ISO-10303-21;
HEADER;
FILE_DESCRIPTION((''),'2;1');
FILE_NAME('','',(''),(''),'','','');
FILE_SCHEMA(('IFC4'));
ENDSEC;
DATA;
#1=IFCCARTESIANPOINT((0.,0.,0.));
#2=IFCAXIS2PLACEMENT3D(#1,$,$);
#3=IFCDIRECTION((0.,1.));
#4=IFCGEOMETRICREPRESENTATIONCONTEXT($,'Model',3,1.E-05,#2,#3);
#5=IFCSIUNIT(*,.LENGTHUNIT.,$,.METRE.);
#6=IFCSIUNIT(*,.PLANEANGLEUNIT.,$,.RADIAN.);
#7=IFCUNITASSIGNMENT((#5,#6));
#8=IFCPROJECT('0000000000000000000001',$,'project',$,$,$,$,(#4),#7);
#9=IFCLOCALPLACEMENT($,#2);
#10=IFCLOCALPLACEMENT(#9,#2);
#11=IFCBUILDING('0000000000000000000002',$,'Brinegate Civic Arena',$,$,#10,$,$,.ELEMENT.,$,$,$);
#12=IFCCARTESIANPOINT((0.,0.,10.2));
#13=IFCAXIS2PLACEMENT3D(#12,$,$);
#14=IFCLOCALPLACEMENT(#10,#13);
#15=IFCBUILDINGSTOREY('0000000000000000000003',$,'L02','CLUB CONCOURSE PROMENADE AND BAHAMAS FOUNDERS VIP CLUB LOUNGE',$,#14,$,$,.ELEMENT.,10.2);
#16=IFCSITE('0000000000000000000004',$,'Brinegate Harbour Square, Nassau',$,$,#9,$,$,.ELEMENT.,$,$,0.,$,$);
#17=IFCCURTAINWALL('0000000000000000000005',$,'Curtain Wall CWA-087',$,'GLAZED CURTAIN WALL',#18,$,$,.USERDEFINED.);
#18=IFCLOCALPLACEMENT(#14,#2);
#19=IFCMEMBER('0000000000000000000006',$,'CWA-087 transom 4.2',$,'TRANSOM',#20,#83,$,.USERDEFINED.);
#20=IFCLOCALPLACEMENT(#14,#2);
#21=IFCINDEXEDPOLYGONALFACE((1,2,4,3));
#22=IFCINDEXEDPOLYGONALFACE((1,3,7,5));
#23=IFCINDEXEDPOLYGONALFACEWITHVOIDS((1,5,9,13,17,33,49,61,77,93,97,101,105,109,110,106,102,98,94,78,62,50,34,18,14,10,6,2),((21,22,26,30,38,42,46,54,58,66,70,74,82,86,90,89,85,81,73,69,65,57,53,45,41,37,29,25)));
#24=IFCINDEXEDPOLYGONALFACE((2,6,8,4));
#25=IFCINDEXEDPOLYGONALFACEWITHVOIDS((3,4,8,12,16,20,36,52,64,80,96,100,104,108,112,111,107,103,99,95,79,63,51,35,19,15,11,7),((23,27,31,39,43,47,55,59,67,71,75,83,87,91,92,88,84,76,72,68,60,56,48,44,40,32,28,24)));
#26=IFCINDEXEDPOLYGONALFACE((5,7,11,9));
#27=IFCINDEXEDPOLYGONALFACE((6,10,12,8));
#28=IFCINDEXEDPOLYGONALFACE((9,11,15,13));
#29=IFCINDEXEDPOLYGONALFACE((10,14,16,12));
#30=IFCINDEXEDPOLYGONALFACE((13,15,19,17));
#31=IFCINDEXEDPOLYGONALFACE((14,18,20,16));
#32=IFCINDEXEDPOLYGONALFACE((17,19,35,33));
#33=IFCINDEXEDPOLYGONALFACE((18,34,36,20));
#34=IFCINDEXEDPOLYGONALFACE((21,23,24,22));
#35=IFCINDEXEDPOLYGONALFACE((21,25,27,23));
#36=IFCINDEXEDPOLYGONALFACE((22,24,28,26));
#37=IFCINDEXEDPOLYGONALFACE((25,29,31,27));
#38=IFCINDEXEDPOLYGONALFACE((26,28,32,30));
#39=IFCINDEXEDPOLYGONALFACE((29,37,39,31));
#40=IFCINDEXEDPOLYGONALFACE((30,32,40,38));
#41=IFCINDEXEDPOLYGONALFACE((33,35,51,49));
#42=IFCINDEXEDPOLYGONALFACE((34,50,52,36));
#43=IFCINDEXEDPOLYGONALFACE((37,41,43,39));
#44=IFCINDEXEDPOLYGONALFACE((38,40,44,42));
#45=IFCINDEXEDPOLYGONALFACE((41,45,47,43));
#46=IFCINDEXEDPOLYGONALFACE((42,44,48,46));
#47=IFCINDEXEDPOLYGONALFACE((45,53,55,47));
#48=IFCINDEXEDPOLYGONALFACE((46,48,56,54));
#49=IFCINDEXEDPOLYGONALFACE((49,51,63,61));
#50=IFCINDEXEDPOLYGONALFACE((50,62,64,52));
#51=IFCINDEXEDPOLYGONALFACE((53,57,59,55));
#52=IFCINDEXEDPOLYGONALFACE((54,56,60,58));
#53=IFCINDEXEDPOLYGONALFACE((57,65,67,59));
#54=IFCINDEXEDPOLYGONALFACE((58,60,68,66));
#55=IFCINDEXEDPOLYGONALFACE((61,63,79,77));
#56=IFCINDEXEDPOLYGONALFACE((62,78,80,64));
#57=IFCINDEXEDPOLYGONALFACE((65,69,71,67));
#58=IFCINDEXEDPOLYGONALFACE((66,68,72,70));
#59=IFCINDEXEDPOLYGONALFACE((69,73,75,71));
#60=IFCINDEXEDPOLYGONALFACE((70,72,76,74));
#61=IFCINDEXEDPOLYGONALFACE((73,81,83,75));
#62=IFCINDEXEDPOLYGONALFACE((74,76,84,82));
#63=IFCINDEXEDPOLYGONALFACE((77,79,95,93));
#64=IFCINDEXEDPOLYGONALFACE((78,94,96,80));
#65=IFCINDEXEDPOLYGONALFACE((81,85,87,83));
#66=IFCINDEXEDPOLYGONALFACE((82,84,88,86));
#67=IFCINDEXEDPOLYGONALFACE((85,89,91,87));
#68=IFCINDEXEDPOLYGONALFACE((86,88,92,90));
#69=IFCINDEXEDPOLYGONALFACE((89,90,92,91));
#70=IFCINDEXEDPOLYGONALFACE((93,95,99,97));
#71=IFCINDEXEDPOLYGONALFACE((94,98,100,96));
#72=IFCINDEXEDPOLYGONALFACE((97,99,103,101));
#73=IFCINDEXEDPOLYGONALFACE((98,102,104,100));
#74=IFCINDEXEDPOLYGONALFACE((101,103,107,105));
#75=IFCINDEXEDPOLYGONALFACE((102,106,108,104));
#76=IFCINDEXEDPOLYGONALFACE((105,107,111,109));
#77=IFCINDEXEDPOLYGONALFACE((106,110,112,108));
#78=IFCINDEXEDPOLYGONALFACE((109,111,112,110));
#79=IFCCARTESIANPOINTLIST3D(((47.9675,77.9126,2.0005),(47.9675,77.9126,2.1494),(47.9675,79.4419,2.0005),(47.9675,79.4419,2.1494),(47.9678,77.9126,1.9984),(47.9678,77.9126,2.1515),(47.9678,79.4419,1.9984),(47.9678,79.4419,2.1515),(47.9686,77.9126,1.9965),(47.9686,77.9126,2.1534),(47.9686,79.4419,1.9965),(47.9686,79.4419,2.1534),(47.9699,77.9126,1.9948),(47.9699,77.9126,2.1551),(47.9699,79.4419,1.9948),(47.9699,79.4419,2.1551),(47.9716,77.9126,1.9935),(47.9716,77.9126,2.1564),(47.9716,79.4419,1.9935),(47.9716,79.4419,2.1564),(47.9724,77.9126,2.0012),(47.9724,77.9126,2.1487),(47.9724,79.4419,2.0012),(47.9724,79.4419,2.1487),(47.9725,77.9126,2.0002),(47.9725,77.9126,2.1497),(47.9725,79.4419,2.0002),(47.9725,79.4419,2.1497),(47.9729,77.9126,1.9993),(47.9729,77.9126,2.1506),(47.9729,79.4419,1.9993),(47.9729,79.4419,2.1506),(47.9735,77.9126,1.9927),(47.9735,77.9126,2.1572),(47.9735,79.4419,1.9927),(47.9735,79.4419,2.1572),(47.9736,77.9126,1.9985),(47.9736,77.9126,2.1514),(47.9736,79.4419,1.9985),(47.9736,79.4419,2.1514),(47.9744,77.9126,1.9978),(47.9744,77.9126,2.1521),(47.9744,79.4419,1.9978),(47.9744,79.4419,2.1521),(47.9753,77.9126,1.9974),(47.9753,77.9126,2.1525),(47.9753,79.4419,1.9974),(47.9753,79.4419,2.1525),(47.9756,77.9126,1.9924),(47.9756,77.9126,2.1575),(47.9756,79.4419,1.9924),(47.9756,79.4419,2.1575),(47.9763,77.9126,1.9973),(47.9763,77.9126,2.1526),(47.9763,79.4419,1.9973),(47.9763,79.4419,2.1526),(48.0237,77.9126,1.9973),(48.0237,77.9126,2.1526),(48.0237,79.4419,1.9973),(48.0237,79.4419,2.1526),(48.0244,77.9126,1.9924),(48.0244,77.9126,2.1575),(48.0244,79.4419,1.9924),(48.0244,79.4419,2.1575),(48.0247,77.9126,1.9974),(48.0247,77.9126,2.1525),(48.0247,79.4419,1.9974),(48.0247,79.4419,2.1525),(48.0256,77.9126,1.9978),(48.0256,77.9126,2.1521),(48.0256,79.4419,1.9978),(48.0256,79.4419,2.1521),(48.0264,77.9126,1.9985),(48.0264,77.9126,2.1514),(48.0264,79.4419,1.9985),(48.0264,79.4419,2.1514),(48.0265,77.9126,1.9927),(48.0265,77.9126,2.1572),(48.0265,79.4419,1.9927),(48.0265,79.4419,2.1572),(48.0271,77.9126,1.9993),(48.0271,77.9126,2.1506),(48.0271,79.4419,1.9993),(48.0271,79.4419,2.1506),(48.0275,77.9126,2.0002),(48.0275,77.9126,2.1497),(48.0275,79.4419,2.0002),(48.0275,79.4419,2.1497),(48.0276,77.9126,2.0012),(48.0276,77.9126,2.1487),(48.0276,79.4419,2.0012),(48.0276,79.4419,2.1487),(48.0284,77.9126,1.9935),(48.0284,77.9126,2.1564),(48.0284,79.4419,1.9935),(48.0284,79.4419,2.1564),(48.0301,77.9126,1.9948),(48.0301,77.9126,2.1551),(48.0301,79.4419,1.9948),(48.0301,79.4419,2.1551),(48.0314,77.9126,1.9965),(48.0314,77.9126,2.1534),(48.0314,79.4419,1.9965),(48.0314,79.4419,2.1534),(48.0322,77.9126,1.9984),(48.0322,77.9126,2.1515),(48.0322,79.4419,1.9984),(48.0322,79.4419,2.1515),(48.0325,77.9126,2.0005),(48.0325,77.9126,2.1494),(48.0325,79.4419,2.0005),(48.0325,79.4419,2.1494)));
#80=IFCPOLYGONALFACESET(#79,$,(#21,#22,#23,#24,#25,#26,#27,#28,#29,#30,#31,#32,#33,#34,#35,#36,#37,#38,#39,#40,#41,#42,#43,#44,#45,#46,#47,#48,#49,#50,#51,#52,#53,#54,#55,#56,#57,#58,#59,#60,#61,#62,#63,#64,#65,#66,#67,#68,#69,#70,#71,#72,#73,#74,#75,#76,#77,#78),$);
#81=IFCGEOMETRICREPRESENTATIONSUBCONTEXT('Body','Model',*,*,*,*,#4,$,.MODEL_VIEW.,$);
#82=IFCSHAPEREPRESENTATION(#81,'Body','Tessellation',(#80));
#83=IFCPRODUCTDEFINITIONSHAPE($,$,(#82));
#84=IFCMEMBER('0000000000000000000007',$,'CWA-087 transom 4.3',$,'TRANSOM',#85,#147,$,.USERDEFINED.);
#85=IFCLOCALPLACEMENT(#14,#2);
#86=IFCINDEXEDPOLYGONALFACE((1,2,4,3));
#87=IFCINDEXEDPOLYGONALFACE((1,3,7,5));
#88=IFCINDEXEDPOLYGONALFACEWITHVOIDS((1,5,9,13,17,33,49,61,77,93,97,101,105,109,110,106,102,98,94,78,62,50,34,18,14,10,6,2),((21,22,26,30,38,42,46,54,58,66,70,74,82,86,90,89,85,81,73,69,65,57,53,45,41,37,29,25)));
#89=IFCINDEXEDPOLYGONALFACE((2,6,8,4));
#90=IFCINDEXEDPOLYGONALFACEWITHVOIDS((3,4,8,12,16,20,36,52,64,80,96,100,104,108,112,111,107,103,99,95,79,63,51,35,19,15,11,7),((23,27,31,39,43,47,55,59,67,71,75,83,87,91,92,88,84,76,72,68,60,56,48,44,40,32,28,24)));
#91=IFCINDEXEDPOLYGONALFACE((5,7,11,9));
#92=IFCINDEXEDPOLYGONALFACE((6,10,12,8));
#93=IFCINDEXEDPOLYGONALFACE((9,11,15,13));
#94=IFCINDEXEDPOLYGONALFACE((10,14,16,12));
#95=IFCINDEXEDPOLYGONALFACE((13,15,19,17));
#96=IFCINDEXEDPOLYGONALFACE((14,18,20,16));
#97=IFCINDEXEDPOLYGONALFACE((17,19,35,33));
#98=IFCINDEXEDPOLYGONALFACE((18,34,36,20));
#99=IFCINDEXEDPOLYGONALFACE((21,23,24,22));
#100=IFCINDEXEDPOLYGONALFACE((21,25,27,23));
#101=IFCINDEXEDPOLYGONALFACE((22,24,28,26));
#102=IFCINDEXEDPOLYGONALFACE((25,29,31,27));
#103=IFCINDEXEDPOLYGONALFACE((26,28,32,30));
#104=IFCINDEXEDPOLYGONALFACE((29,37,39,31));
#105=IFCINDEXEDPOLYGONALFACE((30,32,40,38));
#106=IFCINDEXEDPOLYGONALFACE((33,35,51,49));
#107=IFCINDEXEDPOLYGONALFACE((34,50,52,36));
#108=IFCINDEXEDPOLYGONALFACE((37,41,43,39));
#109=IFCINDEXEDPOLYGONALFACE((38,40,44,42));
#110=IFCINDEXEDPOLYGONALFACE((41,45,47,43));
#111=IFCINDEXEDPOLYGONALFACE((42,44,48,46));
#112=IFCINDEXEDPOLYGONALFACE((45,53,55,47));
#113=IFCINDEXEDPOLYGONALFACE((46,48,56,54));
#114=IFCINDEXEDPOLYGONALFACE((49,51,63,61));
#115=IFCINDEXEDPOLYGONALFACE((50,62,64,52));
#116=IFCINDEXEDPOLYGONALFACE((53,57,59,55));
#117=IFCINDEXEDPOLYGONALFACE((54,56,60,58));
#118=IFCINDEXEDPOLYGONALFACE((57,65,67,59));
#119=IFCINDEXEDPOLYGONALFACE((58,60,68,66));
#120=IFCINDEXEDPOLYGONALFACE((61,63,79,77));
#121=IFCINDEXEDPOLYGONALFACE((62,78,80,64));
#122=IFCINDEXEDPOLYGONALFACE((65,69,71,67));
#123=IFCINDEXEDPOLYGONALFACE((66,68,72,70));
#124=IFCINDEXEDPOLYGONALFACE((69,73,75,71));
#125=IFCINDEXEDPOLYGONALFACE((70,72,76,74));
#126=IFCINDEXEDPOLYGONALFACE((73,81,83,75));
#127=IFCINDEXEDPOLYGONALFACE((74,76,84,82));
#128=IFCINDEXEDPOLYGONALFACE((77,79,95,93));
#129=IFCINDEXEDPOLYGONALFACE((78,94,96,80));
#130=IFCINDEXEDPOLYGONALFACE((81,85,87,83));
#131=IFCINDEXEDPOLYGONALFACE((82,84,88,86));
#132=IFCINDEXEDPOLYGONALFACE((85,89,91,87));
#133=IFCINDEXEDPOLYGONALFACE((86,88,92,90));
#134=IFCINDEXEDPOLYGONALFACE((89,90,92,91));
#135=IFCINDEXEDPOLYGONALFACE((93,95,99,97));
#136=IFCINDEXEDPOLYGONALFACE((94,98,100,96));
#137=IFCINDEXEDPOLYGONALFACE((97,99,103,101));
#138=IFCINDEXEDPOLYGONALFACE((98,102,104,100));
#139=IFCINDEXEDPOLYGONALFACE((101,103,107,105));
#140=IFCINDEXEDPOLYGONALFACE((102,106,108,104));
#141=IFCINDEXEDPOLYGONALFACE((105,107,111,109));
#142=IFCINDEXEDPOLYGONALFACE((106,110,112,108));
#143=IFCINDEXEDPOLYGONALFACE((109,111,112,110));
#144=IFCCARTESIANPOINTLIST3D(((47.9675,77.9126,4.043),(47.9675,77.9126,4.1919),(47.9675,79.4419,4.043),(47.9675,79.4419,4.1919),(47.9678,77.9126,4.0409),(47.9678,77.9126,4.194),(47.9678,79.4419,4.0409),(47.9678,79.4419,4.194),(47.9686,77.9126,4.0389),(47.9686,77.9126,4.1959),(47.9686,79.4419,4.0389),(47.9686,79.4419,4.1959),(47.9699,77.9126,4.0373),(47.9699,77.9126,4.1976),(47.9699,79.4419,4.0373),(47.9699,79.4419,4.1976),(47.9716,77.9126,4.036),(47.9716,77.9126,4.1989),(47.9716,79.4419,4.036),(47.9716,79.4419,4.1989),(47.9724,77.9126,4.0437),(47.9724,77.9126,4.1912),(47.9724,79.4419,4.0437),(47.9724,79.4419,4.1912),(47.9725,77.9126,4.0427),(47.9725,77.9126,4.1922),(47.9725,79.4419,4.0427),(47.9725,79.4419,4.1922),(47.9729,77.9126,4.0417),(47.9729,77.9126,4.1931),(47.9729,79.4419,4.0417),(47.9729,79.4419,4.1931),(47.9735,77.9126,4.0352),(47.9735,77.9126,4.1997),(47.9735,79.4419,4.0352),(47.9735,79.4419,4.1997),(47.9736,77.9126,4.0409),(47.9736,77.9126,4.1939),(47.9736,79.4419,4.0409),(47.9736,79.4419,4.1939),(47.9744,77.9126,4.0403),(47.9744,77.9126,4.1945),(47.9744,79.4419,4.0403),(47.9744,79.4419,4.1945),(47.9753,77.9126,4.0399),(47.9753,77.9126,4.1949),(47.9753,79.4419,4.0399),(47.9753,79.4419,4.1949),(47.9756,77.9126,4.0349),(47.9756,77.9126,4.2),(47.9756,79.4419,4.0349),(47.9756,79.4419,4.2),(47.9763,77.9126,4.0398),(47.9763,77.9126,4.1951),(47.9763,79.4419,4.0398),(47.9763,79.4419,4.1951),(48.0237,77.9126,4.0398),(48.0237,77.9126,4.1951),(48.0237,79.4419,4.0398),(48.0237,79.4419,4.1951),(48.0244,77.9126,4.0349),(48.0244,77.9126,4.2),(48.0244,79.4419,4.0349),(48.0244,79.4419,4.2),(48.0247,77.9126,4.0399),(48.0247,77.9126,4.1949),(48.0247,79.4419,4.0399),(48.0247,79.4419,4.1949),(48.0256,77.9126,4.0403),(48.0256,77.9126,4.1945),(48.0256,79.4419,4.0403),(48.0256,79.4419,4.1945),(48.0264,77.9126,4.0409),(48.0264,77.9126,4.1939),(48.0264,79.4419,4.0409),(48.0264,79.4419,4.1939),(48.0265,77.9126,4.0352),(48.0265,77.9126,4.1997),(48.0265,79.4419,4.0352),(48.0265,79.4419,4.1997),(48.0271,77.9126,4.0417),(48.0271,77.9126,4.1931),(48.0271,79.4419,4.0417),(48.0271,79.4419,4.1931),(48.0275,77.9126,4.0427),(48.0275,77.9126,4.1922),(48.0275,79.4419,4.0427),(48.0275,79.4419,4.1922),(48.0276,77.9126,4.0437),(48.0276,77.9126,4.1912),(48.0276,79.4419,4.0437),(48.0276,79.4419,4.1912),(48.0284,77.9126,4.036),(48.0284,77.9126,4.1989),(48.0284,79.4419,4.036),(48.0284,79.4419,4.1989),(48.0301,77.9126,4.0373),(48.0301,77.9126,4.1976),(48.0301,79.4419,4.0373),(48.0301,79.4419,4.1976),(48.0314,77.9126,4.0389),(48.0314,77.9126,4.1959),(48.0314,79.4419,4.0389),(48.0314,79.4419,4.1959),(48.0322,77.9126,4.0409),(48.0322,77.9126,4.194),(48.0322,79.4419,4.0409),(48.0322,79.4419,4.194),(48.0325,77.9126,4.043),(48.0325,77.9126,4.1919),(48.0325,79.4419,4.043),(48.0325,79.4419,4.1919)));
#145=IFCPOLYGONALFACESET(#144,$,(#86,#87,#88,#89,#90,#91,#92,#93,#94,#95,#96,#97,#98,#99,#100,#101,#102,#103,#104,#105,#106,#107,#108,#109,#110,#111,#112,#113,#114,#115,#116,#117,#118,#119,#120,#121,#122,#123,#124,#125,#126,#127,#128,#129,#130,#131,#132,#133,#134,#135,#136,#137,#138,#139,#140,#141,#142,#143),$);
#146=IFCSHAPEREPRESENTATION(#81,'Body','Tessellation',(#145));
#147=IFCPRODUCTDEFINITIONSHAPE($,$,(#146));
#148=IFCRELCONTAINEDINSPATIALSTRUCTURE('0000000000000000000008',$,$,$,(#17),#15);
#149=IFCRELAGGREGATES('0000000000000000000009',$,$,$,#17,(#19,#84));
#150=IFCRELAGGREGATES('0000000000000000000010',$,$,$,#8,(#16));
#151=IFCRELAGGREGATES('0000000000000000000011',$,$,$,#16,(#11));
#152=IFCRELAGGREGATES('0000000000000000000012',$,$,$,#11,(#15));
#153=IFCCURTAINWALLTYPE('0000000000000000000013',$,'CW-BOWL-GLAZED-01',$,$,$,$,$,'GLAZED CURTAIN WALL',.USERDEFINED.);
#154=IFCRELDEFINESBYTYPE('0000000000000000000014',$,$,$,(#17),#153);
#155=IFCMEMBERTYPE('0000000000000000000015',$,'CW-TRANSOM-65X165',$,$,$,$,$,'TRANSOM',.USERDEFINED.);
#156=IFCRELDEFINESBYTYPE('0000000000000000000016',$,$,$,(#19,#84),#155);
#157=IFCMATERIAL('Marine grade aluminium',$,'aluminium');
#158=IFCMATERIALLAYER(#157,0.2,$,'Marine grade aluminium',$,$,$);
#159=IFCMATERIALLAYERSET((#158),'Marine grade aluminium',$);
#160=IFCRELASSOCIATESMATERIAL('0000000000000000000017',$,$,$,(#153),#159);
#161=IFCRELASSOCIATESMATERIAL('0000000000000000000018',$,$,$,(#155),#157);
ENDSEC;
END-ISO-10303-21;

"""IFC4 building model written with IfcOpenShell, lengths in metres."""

from ifc_helpers import new_model, si_unit, direction, frame, origin, origin_2d, place, context, subcontext, project, spatial, hollow_rectangle, extrude, material, layer, layer_set, material_profile, profile_set, type_object, element, aggregate, save


model = new_model("IFC4")

# Units and contexts
model_context = context("Model", 3, precision=1e-05, world=origin(), true_north=direction((0.0, 1.0)))
body_context = subcontext(model_context, "Body", "Model", "MODEL_VIEW")
ifc_project = project(units=[si_unit("LENGTHUNIT", "METRE"), si_unit("PLANEANGLEUNIT", "RADIAN")], contexts=[model_context])

# Site, building, storey
site_placement = place(None, origin())
site = spatial("IfcSite", under=ifc_project, at=site_placement, Name="Brinegate Harbour Square, Nassau", CompositionType="ELEMENT", RefElevation=0.0)
building_placement = place(site_placement, origin())
building = spatial("IfcBuilding", under=site, at=building_placement, Name="Brinegate Civic Arena", CompositionType="ELEMENT")
storey_placement = place(building_placement, frame((0.0, 0.0, 10.2)))
storey = spatial("IfcBuildingStorey", under=building, at=storey_placement, Name="L02", Description="CLUB CONCOURSE PROMENADE AND BAHAMAS FOUNDERS VIP CLUB LOUNGE", CompositionType="ELEMENT", Elevation=10.2)

# Shared definitions
ifc_material_1 = material(Name="Marine grade aluminium", Category="aluminium")
ifc_layer_1 = layer(ifc_material_1, 0.2, Name="Marine grade aluminium")
ifc_layer_set_1 = layer_set([ifc_layer_1], Name="Marine grade aluminium")
curtain_wall_type = type_object("IfcCurtainWallType", Name="CW-BOWL-GLAZED-01", ElementType="GLAZED CURTAIN WALL", PredefinedType="USERDEFINED", material=ifc_layer_set_1)

# Curtain wall
curtain_wall_1_placement = place(storey_placement, origin())
curtain_wall_1 = element("IfcCurtainWall", 1, at=curtain_wall_1_placement, inside=storey, type_object=curtain_wall_type, Name="Curtain Wall CWA-087", ObjectType="GLAZED CURTAIN WALL", PredefinedType="USERDEFINED")

# Members
ifc_material_profile_1 = material_profile(ifc_material_1, hollow_rectangle(XDim=0.0649, YDim=0.165, WallThickness=0.0049, InnerFilletRadius=0.0039, OuterFilletRadius=0.0081, at=origin_2d()), Name="TRN65X165")
ifc_profile_set_1 = profile_set([ifc_material_profile_1], Name="Marine grade aluminium")
member_type_1 = type_object("IfcMemberType", Name="CW-TRANSOM-65X165", ElementType="TRANSOM", PredefinedType="USERDEFINED", material=ifc_profile_set_1)
member_1_placement = place(storey_placement, frame((48.0, 77.9126, 2.075), z_axis=(0.0, 1.0, 0.0), x_axis=(-1.0, 0.0, 0.0)))
member_1 = element("IfcMember", 2, at=member_1_placement, type_object=member_type_1, Name="CWA-087 transom 4.2", ObjectType="TRANSOM", PredefinedType="USERDEFINED", context=body_context, shape_type="SweptSolid", body=[
    extrude(hollow_rectangle(XDim=0.0649, YDim=0.165, WallThickness=0.0049, InnerFilletRadius=0.0039, OuterFilletRadius=0.0081, at=origin_2d()), origin(), (0.0, 0.0, 1.0), 1.5293),
])
member_2_placement = place(storey_placement, frame((48.0, 77.9126, 4.1174), z_axis=(0.0, 1.0, 0.0), x_axis=(-1.0, 0.0, 0.0)))
member_2 = element("IfcMember", 3, at=member_2_placement, type_object=member_type_1, Name="CWA-087 transom 4.3", ObjectType="TRANSOM", PredefinedType="USERDEFINED", context=body_context, shape_type="SweptSolid", body=[
    extrude(hollow_rectangle(XDim=0.0649, YDim=0.165, WallThickness=0.0049, InnerFilletRadius=0.0039, OuterFilletRadius=0.0081, at=origin_2d()), origin(), (0.0, 0.0, 1.0), 1.5293),
])

aggregate(curtain_wall_1, [member_1, member_2])

save(model, "model.ifc")
